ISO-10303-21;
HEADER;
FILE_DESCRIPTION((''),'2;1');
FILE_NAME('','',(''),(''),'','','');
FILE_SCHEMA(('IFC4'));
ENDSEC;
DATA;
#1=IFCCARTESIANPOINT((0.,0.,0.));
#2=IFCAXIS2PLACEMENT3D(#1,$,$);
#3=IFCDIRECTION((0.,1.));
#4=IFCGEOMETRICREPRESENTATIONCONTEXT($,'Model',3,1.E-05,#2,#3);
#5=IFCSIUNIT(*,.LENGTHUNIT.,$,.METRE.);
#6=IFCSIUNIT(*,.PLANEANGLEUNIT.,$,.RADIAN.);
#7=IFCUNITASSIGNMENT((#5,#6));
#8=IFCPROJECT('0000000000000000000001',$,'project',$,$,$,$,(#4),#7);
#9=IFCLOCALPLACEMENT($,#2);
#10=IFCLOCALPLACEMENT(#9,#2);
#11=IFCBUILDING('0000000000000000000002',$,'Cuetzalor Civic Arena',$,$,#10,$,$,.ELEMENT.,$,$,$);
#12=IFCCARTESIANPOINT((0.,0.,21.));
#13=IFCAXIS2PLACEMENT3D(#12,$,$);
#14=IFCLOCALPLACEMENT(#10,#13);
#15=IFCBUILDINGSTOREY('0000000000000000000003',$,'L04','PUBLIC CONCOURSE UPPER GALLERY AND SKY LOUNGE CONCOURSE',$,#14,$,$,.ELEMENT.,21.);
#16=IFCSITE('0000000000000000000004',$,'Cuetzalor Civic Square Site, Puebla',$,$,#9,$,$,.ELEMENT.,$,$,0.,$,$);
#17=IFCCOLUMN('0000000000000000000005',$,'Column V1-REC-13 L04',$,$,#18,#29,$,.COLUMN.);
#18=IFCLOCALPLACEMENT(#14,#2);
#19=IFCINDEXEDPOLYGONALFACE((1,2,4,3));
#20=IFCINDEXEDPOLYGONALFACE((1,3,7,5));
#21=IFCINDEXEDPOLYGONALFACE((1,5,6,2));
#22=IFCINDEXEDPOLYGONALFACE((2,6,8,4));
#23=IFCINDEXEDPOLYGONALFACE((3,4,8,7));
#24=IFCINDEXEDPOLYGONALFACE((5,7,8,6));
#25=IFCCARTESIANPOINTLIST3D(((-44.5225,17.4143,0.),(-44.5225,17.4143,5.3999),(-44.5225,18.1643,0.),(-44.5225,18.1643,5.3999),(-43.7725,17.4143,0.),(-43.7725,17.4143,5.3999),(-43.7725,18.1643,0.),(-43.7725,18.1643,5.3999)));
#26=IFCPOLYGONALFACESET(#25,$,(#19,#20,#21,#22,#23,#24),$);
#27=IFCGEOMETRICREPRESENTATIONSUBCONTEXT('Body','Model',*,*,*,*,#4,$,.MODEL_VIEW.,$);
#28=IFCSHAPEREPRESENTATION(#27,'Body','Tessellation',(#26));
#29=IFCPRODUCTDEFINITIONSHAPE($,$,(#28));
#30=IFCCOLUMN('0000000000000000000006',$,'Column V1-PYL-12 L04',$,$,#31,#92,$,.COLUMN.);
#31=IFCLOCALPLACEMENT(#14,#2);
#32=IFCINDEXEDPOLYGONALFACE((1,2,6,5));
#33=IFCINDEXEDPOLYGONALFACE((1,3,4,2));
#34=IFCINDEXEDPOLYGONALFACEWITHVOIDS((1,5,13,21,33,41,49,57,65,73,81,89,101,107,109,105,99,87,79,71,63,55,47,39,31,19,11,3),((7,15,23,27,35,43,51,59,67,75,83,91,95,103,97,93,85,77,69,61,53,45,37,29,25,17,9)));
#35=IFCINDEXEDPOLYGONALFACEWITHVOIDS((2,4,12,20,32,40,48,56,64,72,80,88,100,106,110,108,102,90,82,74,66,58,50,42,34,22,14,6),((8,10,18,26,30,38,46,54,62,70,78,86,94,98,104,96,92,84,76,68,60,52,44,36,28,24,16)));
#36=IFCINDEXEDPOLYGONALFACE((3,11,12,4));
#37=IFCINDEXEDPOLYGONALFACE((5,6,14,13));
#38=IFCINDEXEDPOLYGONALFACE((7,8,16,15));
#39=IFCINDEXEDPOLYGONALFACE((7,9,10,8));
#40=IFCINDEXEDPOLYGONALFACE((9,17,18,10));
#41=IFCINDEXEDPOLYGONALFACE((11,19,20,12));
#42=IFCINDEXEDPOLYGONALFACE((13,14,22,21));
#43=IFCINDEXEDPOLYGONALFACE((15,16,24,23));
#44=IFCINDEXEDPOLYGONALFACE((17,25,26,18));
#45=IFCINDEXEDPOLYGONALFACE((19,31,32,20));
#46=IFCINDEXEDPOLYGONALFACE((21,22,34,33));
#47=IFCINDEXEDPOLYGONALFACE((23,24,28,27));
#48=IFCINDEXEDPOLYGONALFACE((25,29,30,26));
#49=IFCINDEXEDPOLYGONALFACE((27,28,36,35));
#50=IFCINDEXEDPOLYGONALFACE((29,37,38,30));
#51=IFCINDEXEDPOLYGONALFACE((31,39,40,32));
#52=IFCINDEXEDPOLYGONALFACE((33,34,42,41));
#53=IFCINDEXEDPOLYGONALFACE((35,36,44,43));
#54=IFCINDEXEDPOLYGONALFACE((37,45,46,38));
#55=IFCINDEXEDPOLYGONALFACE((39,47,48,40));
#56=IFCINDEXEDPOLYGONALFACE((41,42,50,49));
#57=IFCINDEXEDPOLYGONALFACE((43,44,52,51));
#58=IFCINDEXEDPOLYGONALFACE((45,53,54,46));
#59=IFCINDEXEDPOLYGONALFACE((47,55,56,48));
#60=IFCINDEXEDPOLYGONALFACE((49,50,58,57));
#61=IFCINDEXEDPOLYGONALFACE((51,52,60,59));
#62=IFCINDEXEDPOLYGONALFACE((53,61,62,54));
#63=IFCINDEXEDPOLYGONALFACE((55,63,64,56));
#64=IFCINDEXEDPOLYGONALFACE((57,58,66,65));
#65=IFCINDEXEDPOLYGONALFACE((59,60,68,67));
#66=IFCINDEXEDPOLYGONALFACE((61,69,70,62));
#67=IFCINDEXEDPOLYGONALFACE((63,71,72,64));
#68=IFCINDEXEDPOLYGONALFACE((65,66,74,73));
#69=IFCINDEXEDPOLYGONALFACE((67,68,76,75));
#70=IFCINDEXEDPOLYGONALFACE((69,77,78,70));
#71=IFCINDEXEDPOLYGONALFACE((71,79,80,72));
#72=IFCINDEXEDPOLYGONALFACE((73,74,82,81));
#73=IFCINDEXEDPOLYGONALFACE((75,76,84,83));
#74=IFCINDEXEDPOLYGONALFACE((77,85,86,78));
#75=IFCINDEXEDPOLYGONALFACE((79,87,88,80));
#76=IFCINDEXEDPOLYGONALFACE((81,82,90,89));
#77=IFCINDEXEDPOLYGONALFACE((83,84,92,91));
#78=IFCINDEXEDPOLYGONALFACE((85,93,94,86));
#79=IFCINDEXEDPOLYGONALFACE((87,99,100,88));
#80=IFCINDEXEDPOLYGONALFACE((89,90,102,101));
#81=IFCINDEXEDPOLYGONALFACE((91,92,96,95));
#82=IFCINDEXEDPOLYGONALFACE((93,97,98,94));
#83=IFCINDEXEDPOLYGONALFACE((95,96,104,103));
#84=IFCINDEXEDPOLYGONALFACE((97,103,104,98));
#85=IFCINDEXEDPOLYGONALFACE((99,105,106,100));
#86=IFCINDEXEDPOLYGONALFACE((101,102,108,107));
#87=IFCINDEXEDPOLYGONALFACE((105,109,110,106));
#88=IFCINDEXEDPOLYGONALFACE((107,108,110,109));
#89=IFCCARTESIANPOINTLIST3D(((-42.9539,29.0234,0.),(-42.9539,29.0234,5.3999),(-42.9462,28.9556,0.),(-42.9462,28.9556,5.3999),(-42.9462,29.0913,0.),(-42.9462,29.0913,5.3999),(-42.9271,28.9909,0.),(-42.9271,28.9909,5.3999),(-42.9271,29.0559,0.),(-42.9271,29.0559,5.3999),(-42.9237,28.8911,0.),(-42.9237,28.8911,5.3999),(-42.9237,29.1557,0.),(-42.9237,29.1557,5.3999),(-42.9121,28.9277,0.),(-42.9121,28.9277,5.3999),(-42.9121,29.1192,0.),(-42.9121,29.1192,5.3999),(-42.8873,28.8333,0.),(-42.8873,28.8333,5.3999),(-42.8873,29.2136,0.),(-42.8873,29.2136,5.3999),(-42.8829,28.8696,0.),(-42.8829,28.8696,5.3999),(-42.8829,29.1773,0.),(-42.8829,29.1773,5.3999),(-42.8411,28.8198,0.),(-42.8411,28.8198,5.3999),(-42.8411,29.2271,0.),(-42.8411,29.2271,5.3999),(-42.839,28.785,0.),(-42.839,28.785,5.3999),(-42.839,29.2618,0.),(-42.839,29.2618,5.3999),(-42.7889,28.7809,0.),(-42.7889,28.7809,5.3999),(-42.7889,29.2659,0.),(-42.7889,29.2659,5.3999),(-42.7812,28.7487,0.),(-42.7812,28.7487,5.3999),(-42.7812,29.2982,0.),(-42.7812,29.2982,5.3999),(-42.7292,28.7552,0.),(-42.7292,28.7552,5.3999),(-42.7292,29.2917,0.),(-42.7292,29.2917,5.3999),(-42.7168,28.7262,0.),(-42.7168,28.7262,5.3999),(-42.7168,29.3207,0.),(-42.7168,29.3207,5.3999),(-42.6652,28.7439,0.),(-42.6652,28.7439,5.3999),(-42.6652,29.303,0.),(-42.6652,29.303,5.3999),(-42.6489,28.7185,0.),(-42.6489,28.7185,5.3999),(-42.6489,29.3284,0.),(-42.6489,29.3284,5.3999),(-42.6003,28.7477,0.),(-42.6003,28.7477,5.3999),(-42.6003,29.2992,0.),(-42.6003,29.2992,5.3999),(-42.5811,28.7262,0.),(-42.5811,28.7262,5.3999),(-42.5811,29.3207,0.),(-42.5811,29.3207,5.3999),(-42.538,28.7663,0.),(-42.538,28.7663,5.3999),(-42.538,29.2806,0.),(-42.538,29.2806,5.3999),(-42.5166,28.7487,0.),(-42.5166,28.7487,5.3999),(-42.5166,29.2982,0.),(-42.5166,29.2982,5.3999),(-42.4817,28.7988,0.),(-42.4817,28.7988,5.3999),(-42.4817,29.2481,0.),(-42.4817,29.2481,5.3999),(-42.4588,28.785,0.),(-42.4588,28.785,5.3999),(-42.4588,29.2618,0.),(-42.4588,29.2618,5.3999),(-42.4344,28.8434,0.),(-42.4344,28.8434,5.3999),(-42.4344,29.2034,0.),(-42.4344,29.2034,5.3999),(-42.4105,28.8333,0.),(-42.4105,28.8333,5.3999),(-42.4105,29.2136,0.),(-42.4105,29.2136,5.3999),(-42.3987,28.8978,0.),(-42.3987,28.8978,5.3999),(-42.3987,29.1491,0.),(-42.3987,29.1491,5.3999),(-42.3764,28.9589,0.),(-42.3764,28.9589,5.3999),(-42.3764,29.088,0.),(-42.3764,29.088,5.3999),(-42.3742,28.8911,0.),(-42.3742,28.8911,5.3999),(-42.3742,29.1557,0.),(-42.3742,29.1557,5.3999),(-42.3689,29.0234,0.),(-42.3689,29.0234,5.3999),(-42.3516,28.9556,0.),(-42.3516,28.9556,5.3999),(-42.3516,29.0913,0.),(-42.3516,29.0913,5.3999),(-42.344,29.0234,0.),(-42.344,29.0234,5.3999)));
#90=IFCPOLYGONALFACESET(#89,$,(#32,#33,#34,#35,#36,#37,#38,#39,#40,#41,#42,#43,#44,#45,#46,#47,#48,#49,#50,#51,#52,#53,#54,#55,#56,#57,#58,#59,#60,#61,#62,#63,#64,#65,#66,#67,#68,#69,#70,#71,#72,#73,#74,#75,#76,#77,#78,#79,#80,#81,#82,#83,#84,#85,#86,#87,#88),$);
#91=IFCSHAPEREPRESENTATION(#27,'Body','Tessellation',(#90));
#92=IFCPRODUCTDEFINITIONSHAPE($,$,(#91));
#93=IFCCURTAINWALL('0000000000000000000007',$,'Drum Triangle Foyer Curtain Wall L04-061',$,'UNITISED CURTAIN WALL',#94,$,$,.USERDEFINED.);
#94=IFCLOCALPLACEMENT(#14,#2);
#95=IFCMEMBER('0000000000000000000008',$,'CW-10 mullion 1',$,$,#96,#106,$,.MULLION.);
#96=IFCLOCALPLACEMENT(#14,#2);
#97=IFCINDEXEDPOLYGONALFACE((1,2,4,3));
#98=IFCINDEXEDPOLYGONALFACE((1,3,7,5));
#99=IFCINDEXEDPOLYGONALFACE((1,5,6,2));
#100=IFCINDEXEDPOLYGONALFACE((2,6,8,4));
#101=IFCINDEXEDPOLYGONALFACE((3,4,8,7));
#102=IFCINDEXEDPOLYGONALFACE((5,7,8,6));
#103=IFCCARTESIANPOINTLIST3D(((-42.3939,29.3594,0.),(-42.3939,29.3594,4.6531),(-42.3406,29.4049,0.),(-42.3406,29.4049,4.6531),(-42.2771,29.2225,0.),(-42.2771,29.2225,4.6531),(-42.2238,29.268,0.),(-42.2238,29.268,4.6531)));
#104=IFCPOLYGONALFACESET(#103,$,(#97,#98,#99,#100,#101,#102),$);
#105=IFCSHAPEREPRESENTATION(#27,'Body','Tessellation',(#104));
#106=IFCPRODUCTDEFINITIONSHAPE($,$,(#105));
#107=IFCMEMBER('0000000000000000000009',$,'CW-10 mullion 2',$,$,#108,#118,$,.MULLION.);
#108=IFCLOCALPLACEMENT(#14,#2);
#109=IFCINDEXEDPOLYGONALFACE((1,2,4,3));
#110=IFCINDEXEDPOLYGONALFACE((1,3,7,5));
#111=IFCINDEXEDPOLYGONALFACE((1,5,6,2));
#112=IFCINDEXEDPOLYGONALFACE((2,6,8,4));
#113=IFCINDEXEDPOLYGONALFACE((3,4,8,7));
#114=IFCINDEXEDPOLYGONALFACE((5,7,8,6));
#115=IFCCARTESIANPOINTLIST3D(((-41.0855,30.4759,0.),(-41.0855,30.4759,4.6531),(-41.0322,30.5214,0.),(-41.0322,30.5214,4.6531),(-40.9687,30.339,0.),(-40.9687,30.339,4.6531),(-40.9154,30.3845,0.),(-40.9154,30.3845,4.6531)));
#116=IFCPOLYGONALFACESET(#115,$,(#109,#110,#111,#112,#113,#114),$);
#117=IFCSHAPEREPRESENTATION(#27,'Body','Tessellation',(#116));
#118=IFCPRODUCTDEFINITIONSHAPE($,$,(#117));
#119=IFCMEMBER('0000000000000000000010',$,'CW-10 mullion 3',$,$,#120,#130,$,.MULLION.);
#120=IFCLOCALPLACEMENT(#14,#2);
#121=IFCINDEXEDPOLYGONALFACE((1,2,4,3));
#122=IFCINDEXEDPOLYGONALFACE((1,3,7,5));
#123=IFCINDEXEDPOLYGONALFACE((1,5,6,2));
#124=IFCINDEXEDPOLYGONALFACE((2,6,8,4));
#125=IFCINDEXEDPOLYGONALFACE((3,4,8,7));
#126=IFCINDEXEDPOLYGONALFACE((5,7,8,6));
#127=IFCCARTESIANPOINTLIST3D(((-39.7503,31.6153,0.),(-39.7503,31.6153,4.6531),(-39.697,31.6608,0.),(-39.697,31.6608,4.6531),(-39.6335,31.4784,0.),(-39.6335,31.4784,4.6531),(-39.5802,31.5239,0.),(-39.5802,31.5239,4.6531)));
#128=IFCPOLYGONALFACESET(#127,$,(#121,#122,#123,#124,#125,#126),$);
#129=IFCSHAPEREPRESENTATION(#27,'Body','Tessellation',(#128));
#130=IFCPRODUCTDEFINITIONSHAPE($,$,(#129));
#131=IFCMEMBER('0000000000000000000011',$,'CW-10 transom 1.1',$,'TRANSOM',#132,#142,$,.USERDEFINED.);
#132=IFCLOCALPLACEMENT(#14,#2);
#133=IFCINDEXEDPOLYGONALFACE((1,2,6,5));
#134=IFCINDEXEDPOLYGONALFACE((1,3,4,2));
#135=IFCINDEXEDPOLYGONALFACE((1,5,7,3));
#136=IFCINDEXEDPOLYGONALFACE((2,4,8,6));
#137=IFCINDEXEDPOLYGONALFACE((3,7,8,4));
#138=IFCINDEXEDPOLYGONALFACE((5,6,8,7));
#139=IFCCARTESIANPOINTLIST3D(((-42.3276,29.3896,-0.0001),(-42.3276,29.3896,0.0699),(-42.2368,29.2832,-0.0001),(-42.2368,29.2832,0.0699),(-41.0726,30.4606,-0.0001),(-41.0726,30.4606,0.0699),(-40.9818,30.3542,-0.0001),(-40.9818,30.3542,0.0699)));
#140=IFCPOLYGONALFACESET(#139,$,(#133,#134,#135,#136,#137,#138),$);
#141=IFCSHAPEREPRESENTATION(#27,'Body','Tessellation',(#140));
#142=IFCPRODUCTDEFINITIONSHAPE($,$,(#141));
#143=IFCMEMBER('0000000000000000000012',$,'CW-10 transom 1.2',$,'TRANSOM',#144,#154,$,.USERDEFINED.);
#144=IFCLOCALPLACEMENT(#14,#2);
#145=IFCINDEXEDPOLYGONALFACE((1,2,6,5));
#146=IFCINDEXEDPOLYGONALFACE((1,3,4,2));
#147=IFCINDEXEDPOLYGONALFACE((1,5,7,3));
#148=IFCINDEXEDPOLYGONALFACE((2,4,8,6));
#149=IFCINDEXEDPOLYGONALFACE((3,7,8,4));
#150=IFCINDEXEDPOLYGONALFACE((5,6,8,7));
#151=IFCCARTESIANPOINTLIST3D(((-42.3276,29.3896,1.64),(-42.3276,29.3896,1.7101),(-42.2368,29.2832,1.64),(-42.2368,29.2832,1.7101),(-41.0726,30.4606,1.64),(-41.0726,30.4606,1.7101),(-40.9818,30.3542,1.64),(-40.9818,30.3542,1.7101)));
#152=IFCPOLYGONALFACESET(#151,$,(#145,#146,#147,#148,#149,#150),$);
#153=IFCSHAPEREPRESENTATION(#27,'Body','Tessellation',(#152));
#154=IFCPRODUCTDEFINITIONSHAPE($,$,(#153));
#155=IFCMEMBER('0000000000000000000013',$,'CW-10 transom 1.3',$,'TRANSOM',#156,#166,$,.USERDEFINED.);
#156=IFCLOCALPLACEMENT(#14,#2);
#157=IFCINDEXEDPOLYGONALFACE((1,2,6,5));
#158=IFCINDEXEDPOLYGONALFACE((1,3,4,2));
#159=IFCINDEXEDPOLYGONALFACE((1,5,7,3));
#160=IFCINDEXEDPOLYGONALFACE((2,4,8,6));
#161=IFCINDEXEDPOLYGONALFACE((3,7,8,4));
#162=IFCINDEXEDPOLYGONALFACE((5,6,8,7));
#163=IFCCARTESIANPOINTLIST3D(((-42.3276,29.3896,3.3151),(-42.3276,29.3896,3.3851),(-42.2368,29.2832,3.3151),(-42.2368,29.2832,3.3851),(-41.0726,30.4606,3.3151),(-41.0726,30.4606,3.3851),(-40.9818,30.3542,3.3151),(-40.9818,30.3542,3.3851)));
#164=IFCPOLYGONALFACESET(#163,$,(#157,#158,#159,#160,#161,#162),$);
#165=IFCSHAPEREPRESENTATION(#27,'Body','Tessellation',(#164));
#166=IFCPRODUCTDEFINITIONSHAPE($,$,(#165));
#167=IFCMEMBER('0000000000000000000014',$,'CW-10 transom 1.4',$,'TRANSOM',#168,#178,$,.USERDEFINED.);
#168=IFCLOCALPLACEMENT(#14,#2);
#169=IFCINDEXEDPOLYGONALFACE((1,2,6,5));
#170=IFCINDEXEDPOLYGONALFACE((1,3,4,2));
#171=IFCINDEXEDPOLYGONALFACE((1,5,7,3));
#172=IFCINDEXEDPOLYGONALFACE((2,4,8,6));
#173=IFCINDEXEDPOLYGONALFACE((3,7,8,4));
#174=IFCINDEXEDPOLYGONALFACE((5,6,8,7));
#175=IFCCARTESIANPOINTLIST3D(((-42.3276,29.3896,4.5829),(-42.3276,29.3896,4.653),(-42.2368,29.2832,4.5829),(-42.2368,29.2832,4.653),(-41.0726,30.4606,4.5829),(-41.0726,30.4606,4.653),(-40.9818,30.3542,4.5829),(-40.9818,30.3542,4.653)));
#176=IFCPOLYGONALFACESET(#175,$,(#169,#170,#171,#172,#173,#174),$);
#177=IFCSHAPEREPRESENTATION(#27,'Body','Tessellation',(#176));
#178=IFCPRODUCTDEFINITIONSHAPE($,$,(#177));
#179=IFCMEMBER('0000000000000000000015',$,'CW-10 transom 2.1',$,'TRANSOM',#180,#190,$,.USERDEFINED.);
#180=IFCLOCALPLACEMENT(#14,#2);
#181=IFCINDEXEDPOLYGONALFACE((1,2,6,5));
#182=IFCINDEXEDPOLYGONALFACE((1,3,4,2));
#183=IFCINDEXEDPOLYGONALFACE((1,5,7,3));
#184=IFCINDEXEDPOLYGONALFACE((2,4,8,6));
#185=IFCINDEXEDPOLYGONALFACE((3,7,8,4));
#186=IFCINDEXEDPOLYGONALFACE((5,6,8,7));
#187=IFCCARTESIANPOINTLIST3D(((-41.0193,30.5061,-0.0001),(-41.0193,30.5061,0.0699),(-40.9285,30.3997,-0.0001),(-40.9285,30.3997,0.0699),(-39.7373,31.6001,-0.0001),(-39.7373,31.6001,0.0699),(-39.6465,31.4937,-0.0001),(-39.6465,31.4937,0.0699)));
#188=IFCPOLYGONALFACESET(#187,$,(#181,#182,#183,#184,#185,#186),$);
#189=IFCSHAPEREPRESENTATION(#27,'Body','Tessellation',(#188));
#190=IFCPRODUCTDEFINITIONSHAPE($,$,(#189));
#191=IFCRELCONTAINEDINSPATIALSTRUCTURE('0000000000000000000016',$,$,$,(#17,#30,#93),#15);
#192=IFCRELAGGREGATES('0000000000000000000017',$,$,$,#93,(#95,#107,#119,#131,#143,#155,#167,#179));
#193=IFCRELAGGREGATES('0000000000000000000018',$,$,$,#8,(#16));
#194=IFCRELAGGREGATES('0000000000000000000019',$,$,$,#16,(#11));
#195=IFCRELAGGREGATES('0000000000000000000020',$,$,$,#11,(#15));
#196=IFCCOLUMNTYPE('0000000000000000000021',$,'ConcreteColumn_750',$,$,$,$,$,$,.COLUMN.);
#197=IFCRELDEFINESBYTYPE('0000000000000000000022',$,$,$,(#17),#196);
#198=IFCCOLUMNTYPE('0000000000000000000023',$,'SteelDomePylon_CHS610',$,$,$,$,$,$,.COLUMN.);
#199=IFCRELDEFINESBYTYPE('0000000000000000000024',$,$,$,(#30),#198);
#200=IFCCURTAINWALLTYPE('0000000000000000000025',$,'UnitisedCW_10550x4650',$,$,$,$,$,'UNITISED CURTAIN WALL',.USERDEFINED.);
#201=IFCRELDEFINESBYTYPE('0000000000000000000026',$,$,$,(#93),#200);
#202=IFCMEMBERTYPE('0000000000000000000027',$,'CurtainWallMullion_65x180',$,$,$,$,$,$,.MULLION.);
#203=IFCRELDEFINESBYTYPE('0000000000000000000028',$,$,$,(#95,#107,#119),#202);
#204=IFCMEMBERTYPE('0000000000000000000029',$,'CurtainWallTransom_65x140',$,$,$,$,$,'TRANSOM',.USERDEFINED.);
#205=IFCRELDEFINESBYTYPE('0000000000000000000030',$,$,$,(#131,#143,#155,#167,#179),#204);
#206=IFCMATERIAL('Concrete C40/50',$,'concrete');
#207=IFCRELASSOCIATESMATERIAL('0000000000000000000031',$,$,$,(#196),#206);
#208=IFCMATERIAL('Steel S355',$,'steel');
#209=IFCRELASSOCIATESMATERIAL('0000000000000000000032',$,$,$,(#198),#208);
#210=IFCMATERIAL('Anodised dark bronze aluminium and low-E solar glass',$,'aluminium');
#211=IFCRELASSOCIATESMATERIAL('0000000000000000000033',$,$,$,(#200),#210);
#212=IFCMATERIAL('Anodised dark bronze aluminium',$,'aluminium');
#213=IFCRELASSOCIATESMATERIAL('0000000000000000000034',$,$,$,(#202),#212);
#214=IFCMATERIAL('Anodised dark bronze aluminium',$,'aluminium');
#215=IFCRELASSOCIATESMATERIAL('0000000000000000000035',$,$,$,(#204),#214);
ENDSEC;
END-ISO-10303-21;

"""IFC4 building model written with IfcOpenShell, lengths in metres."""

from ifc_helpers import new_model, si_unit, direction, frame, origin, origin_2d, place, context, subcontext, project, spatial, rectangle, hollow_circle, extrude, material, material_profile, profile_set, type_object, element, aggregate, save


model = new_model("IFC4")

# Units and contexts
model_context = context("Model", 3, precision=1e-05, world=origin(), true_north=direction((0.0, 1.0)))
body_context = subcontext(model_context, "Body", "Model", "MODEL_VIEW")
ifc_project = project(units=[si_unit("LENGTHUNIT", "METRE"), si_unit("PLANEANGLEUNIT", "RADIAN")], contexts=[model_context])

# Site, building, storey
site_placement = place(None, origin())
site = spatial("IfcSite", under=ifc_project, at=site_placement, Name="Cuetzalor Civic Square Site, Puebla", CompositionType="ELEMENT", RefElevation=0.0)
building_placement = place(site_placement, origin())
building = spatial("IfcBuilding", under=site, at=building_placement, Name="Cuetzalor Civic Arena", CompositionType="ELEMENT")
storey_placement = place(building_placement, frame((0.0, 0.0, 21.0)))
storey = spatial("IfcBuildingStorey", under=building, at=storey_placement, Name="L04", Description="PUBLIC CONCOURSE UPPER GALLERY AND SKY LOUNGE CONCOURSE", CompositionType="ELEMENT", Elevation=21.0)

# Columns
ifc_material_1 = material(Name="Concrete C40/50", Category="concrete")
ifc_material_profile_1 = material_profile(ifc_material_1, rectangle(XDim=0.75, YDim=0.75, at=origin_2d()), Name="RC 750x750")
ifc_profile_set_1 = profile_set([ifc_material_profile_1], Name="Concrete C40/50")
column_type_1 = type_object("IfcColumnType", Name="ConcreteColumn_750", PredefinedType="COLUMN", material=ifc_profile_set_1)
column_1_placement = place(storey_placement, frame((-44.1475, 17.7893, 0.0), z_axis=(0.0, 0.0, 1.0), x_axis=(1.0, 0.0, 0.0)))
element("IfcColumn", 1, at=column_1_placement, inside=storey, type_object=column_type_1, Name="Column V1-REC-13 L04", PredefinedType="COLUMN", context=body_context, shape_type="SweptSolid", body=[
    extrude(rectangle(XDim=0.75, YDim=0.75, at=origin_2d()), origin(), (0.0, 0.0, 1.0), 5.3999),
])
ifc_material_2 = material(Name="Steel S355", Category="steel")
ifc_material_profile_2 = material_profile(ifc_material_2, hollow_circle(Radius=0.3049, WallThickness=0.0249, at=origin_2d()), Name="CHS 610x25")
ifc_profile_set_2 = profile_set([ifc_material_profile_2], Name="Steel S355")
column_type_2 = type_object("IfcColumnType", Name="SteelDomePylon_CHS610", PredefinedType="COLUMN", material=ifc_profile_set_2)
column_2_placement = place(storey_placement, frame((-42.6489, 29.0234, 0.0), z_axis=(0.0, 0.0, 1.0), x_axis=(1.0, 0.0, 0.0)))
element("IfcColumn", 2, at=column_2_placement, inside=storey, type_object=column_type_2, Name="Column V1-PYL-12 L04", PredefinedType="COLUMN", context=body_context, shape_type="SweptSolid", body=[
    extrude(hollow_circle(Radius=0.3049, WallThickness=0.0249, at=origin_2d()), origin(), (0.0, 0.0, 1.0), 5.3999),
])

# Curtain wall, members
ifc_material_3 = material(Name="Anodised dark bronze aluminium and low-E solar glass", Category="aluminium")
curtain_wall_type = type_object("IfcCurtainWallType", Name="UnitisedCW_10550x4650", ElementType="UNITISED CURTAIN WALL", PredefinedType="USERDEFINED", material=ifc_material_3)
curtain_wall_placement = place(storey_placement, origin())
curtain_wall = element("IfcCurtainWall", 3, at=curtain_wall_placement, inside=storey, type_object=curtain_wall_type, Name="Drum Triangle Foyer Curtain Wall L04-061", ObjectType="UNITISED CURTAIN WALL", PredefinedType="USERDEFINED")
ifc_material_4 = material(Name="Anodised dark bronze aluminium", Category="aluminium")
ifc_material_profile_3 = material_profile(ifc_material_4, rectangle(XDim=0.0701, YDim=0.1799, at=origin_2d()), Name="ALU MULLION 70x180")
ifc_profile_set_3 = profile_set([ifc_material_profile_3], Name="Anodised dark bronze aluminium")
member_type_1 = type_object("IfcMemberType", Name="CurtainWallMullion_65x180", PredefinedType="MULLION", material=ifc_profile_set_3)
member_1_placement = place(storey_placement, frame((-42.3088, 29.3137, 0.0), z_axis=(0.0, 0.0, 1.0), x_axis=(0.760677, 0.64913, 0.0)))
member_1 = element("IfcMember", 4, at=member_1_placement, type_object=member_type_1, Name="CW-10 mullion 1", PredefinedType="MULLION", context=body_context, shape_type="SweptSolid", body=[
    extrude(rectangle(XDim=0.0701, YDim=0.1799, at=origin_2d()), origin(), (0.0, 0.0, 1.0), 4.6531),
])
member_2_placement = place(storey_placement, frame((-41.0005, 30.4302, 0.0), z_axis=(0.0, 0.0, 1.0), x_axis=(0.760677, 0.64913, 0.0)))
member_2 = element("IfcMember", 5, at=member_2_placement, type_object=member_type_1, Name="CW-10 mullion 2", PredefinedType="MULLION", context=body_context, shape_type="SweptSolid", body=[
    extrude(rectangle(XDim=0.0701, YDim=0.1799, at=origin_2d()), origin(), (0.0, 0.0, 1.0), 4.6531),
])
member_3_placement = place(storey_placement, frame((-39.6653, 31.5696, 0.0), z_axis=(0.0, 0.0, 1.0), x_axis=(0.760677, 0.64913, 0.0)))
member_3 = element("IfcMember", 6, at=member_3_placement, type_object=member_type_1, Name="CW-10 mullion 3", PredefinedType="MULLION", context=body_context, shape_type="SweptSolid", body=[
    extrude(rectangle(XDim=0.0701, YDim=0.1799, at=origin_2d()), origin(), (0.0, 0.0, 1.0), 4.6531),
])
ifc_material_5 = material(Name="Anodised dark bronze aluminium", Category="aluminium")
ifc_material_profile_4 = material_profile(ifc_material_5, rectangle(XDim=0.1399, YDim=0.0701, at=origin_2d()), Name="ALU TRANSOM 70x140")
ifc_profile_set_4 = profile_set([ifc_material_profile_4], Name="Anodised dark bronze aluminium")
member_type_2 = type_object("IfcMemberType", Name="CurtainWallTransom_65x140", ElementType="TRANSOM", PredefinedType="USERDEFINED", material=ifc_profile_set_4)
member_4_placement = place(storey_placement, frame((-42.2822, 29.3364, 0.0349), z_axis=(0.760686, 0.64912, 0.0), x_axis=(-0.64912, 0.760686, 0.0)))
member_4 = element("IfcMember", 7, at=member_4_placement, type_object=member_type_2, Name="CW-10 transom 1.1", ObjectType="TRANSOM", PredefinedType="USERDEFINED", context=body_context, shape_type="SweptSolid", body=[
    extrude(rectangle(XDim=0.1399, YDim=0.0701, at=origin_2d()), origin(), (0.0, 0.0, 1.0), 1.6499),
])
member_5_placement = place(storey_placement, frame((-42.2822, 29.3364, 1.675), z_axis=(0.760686, 0.64912, 0.0), x_axis=(-0.64912, 0.760686, 0.0)))
member_5 = element("IfcMember", 8, at=member_5_placement, type_object=member_type_2, Name="CW-10 transom 1.2", ObjectType="TRANSOM", PredefinedType="USERDEFINED", context=body_context, shape_type="SweptSolid", body=[
    extrude(rectangle(XDim=0.1399, YDim=0.0701, at=origin_2d()), origin(), (0.0, 0.0, 1.0), 1.6499),
])
member_6_placement = place(storey_placement, frame((-42.2822, 29.3364, 3.3501), z_axis=(0.760686, 0.64912, 0.0), x_axis=(-0.64912, 0.760686, 0.0)))
member_6 = element("IfcMember", 9, at=member_6_placement, type_object=member_type_2, Name="CW-10 transom 1.3", ObjectType="TRANSOM", PredefinedType="USERDEFINED", context=body_context, shape_type="SweptSolid", body=[
    extrude(rectangle(XDim=0.1399, YDim=0.0701, at=origin_2d()), origin(), (0.0, 0.0, 1.0), 1.6499),
])
member_7_placement = place(storey_placement, frame((-42.2822, 29.3364, 4.6179), z_axis=(0.760686, 0.64912, 0.0), x_axis=(-0.64912, 0.760686, 0.0)))
member_7 = element("IfcMember", 10, at=member_7_placement, type_object=member_type_2, Name="CW-10 transom 1.4", ObjectType="TRANSOM", PredefinedType="USERDEFINED", context=body_context, shape_type="SweptSolid", body=[
    extrude(rectangle(XDim=0.1399, YDim=0.0701, at=origin_2d()), origin(), (0.0, 0.0, 1.0), 1.6499),
])
member_8_placement = place(storey_placement, frame((-40.9739, 30.4529, 0.0349), z_axis=(0.760676, 0.649132, 0.0), x_axis=(-0.649132, 0.760676, 0.0)))
member_8 = element("IfcMember", 11, at=member_8_placement, type_object=member_type_2, Name="CW-10 transom 2.1", ObjectType="TRANSOM", PredefinedType="USERDEFINED", context=body_context, shape_type="SweptSolid", body=[
    extrude(rectangle(XDim=0.1399, YDim=0.0701, at=origin_2d()), origin(), (0.0, 0.0, 1.0), 1.6853),
])

aggregate(curtain_wall, [member_1, member_2, member_3, member_4, member_5, member_6, member_7, member_8])

save(model, "model.ifc")
